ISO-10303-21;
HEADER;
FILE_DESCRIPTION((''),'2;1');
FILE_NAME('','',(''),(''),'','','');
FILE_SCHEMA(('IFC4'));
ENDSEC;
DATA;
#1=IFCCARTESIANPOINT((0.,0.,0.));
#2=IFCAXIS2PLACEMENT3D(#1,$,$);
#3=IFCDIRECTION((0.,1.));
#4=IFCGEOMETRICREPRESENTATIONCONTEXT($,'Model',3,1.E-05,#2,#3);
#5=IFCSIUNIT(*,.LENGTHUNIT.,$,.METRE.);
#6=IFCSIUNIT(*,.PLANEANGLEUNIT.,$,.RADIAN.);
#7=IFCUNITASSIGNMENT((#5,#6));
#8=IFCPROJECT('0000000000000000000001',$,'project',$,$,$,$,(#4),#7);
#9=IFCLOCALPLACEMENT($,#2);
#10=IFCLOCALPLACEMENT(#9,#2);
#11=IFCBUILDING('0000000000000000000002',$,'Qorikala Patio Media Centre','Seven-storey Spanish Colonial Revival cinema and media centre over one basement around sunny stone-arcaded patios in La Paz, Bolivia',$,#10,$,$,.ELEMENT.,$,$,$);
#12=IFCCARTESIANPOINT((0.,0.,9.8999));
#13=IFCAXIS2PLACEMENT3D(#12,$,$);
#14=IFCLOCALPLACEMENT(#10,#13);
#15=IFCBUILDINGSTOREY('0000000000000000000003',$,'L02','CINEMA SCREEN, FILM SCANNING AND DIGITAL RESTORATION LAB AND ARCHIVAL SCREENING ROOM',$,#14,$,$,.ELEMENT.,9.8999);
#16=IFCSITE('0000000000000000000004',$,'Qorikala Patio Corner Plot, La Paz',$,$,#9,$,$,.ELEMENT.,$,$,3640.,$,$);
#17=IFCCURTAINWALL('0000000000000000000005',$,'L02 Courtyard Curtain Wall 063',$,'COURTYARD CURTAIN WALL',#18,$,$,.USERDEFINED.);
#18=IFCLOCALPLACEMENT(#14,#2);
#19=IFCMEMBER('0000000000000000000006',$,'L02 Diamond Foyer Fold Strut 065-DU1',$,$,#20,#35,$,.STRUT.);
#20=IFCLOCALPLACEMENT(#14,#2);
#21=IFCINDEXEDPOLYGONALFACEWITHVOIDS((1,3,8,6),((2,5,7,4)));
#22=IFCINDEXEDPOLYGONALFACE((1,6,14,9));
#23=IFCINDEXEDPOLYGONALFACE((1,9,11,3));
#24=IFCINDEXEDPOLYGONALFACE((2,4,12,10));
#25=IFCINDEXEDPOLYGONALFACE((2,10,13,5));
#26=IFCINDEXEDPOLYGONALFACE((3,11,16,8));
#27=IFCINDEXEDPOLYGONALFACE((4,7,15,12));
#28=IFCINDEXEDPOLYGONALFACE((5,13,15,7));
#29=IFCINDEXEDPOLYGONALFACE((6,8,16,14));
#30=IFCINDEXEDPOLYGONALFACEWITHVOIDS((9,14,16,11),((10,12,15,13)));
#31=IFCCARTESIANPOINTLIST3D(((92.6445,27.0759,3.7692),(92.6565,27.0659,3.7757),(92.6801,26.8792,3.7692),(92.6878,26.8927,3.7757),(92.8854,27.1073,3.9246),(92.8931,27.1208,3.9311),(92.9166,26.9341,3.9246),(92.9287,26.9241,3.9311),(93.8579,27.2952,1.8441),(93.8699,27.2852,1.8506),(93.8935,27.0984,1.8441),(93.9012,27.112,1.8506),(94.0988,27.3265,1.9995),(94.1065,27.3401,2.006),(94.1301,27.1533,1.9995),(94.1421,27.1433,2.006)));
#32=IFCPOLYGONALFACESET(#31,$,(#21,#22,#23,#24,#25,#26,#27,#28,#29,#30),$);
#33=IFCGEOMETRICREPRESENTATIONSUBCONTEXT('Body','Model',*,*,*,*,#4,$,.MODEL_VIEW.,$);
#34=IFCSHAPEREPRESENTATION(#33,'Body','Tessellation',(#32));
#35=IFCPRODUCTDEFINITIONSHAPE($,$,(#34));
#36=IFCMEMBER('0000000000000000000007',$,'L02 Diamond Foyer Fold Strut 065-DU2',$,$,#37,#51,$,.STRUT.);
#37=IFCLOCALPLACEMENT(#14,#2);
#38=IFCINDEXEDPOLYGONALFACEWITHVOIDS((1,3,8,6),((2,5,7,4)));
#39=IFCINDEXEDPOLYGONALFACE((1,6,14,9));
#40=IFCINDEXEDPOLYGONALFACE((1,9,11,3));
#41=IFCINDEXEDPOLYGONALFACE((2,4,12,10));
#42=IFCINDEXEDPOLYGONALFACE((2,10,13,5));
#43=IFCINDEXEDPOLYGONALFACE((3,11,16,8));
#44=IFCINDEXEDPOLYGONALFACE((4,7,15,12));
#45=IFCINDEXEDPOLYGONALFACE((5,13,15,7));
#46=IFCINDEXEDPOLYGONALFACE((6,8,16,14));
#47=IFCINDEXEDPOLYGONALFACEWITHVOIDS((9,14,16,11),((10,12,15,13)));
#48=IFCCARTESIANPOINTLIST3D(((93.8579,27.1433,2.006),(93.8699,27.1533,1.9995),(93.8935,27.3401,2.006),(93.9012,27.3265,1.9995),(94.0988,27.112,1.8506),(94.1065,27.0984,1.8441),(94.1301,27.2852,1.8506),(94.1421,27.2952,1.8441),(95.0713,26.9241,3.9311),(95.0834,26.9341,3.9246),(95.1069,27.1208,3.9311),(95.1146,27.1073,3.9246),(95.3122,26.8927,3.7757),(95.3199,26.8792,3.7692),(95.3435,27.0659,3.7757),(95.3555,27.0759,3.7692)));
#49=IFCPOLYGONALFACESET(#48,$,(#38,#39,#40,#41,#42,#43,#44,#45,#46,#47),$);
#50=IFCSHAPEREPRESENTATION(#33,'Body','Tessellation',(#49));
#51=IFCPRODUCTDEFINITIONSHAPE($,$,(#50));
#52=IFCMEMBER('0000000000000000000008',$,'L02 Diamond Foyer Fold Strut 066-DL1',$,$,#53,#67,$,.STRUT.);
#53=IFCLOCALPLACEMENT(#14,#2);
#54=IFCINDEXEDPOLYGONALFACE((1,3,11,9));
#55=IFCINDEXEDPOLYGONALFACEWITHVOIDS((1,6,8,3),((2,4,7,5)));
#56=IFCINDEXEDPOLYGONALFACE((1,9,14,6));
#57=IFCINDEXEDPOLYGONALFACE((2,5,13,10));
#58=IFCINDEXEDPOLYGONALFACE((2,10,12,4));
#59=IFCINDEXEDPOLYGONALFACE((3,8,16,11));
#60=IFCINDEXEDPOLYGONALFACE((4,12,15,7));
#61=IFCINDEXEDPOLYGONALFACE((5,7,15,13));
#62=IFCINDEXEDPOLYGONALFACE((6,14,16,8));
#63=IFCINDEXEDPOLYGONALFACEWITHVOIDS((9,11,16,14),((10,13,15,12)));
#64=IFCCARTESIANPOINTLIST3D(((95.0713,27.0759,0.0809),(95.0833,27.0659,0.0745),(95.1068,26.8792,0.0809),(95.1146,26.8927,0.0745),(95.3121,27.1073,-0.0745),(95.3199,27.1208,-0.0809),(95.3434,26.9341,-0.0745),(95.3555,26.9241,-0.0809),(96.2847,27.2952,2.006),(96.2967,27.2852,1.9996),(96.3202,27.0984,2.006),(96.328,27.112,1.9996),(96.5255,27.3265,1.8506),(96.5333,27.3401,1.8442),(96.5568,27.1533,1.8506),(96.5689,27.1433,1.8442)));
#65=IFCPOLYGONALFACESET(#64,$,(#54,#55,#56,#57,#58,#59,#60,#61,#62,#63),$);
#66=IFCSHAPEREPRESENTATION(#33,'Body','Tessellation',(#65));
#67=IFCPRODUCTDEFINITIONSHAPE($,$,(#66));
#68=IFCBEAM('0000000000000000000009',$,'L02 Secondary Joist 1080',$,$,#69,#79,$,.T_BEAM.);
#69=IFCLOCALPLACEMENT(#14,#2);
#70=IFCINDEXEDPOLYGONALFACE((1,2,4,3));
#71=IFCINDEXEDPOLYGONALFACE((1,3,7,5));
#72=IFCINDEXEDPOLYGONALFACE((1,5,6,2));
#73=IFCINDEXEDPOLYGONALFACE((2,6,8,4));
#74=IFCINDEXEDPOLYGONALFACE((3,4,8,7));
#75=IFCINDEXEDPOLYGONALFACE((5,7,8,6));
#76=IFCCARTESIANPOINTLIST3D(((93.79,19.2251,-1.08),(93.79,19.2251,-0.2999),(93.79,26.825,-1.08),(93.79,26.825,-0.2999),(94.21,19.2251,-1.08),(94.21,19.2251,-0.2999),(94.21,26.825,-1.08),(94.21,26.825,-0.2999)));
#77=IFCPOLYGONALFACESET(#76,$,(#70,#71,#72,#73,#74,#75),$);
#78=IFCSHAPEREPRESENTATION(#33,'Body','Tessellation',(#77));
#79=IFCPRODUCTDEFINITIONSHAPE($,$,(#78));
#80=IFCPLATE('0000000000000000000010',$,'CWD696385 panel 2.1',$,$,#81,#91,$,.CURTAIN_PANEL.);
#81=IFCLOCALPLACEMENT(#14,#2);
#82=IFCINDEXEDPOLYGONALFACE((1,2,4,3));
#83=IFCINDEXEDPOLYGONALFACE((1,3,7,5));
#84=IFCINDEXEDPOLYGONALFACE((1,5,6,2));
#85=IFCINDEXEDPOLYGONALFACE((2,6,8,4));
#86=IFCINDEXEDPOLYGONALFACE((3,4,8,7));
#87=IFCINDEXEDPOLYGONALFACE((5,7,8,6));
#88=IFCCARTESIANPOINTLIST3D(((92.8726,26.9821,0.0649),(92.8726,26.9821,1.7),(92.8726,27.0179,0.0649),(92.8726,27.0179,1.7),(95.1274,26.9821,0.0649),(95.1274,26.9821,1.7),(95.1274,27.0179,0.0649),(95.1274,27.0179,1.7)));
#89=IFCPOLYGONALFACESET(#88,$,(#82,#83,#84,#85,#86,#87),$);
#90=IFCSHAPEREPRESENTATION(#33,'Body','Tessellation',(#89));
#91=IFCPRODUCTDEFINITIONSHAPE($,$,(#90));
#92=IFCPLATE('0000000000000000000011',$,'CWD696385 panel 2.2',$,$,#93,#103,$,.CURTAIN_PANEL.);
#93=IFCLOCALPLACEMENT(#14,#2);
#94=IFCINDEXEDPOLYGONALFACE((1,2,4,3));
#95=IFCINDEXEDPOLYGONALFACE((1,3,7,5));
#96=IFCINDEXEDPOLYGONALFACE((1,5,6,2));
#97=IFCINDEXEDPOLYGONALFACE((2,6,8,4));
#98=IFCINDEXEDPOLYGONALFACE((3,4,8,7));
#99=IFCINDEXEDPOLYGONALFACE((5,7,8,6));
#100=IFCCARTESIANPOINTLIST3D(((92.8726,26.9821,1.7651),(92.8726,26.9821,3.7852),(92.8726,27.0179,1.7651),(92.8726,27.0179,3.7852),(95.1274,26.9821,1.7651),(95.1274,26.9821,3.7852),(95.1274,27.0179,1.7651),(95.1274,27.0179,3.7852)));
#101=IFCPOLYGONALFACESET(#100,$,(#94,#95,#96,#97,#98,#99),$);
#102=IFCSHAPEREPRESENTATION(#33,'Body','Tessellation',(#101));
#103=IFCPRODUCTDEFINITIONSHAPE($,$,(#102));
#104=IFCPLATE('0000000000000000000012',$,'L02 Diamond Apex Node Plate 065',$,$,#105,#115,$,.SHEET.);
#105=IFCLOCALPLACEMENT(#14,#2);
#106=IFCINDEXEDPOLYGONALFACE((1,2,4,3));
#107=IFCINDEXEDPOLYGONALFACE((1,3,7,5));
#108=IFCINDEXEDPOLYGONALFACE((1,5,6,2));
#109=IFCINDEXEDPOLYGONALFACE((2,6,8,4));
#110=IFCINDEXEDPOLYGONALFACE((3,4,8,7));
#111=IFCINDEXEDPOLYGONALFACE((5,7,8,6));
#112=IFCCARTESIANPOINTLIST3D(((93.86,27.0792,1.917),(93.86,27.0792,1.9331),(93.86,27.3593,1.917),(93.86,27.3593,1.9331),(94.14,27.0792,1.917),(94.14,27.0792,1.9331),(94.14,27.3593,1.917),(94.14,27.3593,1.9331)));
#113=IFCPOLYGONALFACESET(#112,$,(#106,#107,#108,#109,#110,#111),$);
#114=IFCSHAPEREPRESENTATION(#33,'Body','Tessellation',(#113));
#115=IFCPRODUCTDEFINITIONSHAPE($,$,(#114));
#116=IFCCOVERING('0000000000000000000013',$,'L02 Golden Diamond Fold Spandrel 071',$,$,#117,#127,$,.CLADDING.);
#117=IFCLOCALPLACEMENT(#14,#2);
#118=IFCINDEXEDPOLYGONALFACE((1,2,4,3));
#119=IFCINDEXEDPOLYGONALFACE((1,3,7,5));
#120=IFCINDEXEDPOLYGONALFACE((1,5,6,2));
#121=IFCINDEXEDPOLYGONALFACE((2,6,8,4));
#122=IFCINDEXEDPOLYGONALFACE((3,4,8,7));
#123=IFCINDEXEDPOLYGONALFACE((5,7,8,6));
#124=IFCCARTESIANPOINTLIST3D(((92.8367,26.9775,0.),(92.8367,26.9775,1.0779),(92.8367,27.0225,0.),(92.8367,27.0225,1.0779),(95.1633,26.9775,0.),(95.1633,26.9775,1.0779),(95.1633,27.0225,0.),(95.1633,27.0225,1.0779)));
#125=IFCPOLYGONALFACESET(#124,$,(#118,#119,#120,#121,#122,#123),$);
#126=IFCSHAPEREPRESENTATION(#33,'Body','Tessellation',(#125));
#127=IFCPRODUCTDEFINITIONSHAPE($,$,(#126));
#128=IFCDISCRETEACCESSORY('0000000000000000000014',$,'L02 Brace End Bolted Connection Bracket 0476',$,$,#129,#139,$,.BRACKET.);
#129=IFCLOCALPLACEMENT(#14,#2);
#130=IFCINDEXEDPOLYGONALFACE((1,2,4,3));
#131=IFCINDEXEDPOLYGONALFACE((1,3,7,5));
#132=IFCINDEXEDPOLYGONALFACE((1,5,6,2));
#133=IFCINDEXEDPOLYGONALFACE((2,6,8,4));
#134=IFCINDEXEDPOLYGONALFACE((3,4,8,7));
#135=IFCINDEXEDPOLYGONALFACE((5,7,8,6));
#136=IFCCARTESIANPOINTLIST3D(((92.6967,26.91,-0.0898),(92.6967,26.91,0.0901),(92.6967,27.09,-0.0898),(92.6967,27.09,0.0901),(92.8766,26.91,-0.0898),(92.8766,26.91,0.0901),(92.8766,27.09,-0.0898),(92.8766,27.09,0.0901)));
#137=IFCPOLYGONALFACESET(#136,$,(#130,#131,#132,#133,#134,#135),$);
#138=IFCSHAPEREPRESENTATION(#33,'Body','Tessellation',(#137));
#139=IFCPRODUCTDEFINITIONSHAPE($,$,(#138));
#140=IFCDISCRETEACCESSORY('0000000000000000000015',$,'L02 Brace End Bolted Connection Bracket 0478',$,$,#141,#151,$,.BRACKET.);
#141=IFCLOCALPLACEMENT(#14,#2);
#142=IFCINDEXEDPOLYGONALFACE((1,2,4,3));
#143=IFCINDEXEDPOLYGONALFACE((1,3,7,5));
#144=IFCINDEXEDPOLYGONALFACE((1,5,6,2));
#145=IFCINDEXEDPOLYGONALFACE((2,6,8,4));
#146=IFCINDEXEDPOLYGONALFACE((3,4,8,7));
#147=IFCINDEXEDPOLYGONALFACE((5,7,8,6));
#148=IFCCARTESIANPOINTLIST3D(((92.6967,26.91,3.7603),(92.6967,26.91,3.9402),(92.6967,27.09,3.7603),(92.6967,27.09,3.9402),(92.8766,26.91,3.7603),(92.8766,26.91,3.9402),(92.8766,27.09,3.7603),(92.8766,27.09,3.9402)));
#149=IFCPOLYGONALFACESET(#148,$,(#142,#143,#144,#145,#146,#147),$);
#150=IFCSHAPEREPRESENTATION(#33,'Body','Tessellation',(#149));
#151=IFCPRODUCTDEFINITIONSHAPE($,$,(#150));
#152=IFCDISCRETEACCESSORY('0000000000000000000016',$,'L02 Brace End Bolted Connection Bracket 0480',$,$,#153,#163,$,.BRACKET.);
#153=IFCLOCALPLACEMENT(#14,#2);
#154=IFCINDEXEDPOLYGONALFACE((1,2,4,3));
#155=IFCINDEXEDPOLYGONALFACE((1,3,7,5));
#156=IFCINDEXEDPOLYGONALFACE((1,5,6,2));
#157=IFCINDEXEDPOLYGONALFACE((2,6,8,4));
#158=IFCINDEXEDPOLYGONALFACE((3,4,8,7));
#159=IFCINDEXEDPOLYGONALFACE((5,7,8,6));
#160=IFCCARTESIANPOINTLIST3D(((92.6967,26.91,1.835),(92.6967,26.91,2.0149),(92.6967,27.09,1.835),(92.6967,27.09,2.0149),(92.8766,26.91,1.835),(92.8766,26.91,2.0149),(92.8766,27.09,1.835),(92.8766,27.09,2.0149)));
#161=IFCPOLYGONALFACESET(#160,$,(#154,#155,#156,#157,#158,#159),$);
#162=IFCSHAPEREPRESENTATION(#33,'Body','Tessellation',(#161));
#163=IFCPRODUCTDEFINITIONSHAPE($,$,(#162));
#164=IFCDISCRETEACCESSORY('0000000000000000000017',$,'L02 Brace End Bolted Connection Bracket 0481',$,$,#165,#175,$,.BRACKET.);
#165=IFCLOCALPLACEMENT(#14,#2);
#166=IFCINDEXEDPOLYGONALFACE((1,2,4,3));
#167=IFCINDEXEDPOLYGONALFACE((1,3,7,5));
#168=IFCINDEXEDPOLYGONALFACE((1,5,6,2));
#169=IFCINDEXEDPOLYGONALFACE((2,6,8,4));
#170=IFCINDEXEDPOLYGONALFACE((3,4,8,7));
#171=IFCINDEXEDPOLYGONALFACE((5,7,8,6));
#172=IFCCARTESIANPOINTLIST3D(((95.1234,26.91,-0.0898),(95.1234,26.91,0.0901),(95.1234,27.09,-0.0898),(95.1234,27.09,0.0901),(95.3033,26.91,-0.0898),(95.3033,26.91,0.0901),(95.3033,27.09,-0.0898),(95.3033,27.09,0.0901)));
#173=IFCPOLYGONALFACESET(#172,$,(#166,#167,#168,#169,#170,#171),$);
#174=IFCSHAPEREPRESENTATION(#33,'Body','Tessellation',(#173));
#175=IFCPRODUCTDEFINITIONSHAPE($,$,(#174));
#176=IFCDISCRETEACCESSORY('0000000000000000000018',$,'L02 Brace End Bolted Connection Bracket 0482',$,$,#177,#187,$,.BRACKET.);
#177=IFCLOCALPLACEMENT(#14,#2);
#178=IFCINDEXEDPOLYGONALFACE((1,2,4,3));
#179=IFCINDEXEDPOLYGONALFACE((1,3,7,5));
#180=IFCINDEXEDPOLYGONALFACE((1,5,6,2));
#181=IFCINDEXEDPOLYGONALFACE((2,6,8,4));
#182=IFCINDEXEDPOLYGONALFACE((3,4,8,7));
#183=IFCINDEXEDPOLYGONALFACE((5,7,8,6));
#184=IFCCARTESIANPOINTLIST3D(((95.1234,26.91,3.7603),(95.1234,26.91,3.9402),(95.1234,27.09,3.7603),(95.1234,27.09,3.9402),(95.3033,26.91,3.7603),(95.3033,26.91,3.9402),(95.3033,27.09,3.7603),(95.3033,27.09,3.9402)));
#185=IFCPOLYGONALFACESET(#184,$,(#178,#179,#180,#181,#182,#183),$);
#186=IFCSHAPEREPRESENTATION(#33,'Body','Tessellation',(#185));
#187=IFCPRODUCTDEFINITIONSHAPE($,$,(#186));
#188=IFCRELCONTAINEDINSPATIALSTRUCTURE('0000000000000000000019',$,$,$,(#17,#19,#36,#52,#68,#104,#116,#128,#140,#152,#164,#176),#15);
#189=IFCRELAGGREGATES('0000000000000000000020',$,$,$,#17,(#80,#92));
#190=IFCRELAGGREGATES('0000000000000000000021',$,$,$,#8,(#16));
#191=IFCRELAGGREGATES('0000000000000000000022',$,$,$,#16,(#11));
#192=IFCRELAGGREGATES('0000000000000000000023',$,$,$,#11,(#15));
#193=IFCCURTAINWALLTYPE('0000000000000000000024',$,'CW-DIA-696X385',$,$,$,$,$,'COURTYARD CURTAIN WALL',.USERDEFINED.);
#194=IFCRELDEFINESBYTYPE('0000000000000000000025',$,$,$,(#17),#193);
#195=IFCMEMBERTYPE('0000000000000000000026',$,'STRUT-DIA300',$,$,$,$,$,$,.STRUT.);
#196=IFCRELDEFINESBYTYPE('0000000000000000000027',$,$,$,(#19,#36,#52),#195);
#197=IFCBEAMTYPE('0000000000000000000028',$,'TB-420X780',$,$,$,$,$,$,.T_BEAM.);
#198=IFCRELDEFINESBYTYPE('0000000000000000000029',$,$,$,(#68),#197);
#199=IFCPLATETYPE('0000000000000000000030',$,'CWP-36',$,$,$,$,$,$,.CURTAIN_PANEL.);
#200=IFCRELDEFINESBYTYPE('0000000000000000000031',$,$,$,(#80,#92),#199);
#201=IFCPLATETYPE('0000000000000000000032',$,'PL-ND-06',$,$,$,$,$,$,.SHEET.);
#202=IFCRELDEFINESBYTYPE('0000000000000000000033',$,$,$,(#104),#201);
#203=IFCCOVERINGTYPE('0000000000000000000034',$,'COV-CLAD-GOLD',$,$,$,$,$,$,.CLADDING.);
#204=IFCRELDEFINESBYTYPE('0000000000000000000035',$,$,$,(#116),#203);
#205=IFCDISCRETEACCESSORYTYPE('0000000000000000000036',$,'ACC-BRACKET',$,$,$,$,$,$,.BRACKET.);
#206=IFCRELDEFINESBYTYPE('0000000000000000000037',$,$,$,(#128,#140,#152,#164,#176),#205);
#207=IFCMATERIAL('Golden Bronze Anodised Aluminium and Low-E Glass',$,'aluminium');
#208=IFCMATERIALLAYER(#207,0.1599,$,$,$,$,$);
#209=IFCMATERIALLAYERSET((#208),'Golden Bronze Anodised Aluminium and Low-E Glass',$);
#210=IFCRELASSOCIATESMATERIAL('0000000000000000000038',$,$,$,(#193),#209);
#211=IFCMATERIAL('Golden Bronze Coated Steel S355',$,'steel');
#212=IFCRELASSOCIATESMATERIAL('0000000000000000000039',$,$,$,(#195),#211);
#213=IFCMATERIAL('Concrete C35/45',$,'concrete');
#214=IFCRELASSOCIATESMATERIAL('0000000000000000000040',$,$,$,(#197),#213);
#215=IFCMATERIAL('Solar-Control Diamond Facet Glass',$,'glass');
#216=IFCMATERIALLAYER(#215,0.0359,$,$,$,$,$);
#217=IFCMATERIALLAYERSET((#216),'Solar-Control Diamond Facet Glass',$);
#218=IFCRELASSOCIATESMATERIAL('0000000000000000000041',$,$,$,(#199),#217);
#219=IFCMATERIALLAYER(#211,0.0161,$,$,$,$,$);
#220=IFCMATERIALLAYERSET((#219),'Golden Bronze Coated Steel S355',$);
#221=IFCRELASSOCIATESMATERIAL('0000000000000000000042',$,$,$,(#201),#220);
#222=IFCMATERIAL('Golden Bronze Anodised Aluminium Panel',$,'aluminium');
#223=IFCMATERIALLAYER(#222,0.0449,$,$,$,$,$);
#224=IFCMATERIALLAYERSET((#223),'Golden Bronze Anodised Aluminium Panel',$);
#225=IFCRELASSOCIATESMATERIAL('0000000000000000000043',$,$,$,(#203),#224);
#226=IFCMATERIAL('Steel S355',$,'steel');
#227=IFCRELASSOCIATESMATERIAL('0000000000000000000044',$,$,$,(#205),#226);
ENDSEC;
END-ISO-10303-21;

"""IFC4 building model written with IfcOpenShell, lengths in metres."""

from ifc_helpers import new_model, si_unit, direction, frame, origin, origin_2d, place, context, subcontext, project, spatial, rectangle, hollow_rectangle, extrude, material, layer, layer_set, material_profile, profile_set, type_object, element, aggregate, save


model = new_model("IFC4")

# Units and contexts
model_context = context("Model", 3, precision=1e-05, world=origin(), true_north=direction((0.0, 1.0)))
body_context = subcontext(model_context, "Body", "Model", "MODEL_VIEW")
ifc_project = project(units=[si_unit("LENGTHUNIT", "METRE"), si_unit("PLANEANGLEUNIT", "RADIAN")], contexts=[model_context])

# Site, building, storey
site_placement = place(None, origin())
site = spatial("IfcSite", under=ifc_project, at=site_placement, Name="Qorikala Patio Corner Plot, La Paz", CompositionType="ELEMENT", RefElevation=3640.0)
building_placement = place(site_placement, origin())
building = spatial("IfcBuilding", under=site, at=building_placement, Name="Qorikala Patio Media Centre", Description="Seven-storey Spanish Colonial Revival cinema and media centre over one basement around sunny stone-arcaded patios in La Paz, Bolivia", CompositionType="ELEMENT")
storey_placement = place(building_placement, frame((0.0, 0.0, 9.8999)))
storey = spatial("IfcBuildingStorey", under=building, at=storey_placement, Name="L02", Description="CINEMA SCREEN, FILM SCANNING AND DIGITAL RESTORATION LAB AND ARCHIVAL SCREENING ROOM", CompositionType="ELEMENT", Elevation=9.8999)

# Shared definitions
ifc_material_1 = material(Name="Golden Bronze Coated Steel S355", Category="steel")

# Curtain wall
ifc_material_2 = material(Name="Golden Bronze Anodised Aluminium and Low-E Glass", Category="aluminium")
ifc_layer_1 = layer(ifc_material_2, 0.1599)
ifc_layer_set_1 = layer_set([ifc_layer_1], Name="Golden Bronze Anodised Aluminium and Low-E Glass")
curtain_wall_type = type_object("IfcCurtainWallType", Name="CW-DIA-696X385", ElementType="COURTYARD CURTAIN WALL", PredefinedType="USERDEFINED", material=ifc_layer_set_1)
curtain_wall_placement = place(storey_placement, origin())
curtain_wall = element("IfcCurtainWall", 1, at=curtain_wall_placement, inside=storey, type_object=curtain_wall_type, Name="L02 Courtyard Curtain Wall 063", ObjectType="COURTYARD CURTAIN WALL", PredefinedType="USERDEFINED")

# Members
ifc_material_profile_1 = material_profile(ifc_material_1, hollow_rectangle(XDim=0.2, YDim=0.3, WallThickness=0.012, at=origin_2d()), Name="HSS300X200X12")
ifc_profile_set_1 = profile_set([ifc_material_profile_1], Name="Golden Bronze Coated Steel S355")
member_type_1 = type_object("IfcMemberType", Name="STRUT-DIA300", PredefinedType="STRUT", material=ifc_profile_set_1)
for number, where, z_axis, x_axis, name in (
    (2, (94.0, 27.2192, 1.925), (-0.530768, -0.095901, 0.842074), (0.177805, -0.984066, 0.0), "L02 Diamond Foyer Fold Strut 065-DU1"),
    (3, (94.0, 27.2192, 1.925), (0.530768, -0.095901, 0.842074), (0.177805, 0.984066, 0.0), "L02 Diamond Foyer Fold Strut 065-DU2"),
    (4, (95.2134, 27.0, 0.0), (0.530768, 0.095901, 0.842074), (-0.177805, 0.984066, 0.0), "L02 Diamond Foyer Fold Strut 066-DL1"),
):
    element("IfcMember", number, at=place(storey_placement, frame(where, z_axis=z_axis, x_axis=x_axis)), inside=storey, type_object=member_type_1, Name=name, PredefinedType="STRUT", context=body_context, shape_type="SweptSolid", body=[
        extrude(hollow_rectangle(XDim=0.2, YDim=0.3, WallThickness=0.012, at=origin_2d()), origin(), (0.0, 0.0, 1.0), 2.2861),
    ])

# Beam
ifc_material_3 = material(Name="Concrete C35/45", Category="concrete")
ifc_material_profile_2 = material_profile(ifc_material_3, rectangle(XDim=0.4199, YDim=0.78, at=origin_2d()), Name="RC 420x780")
ifc_profile_set_2 = profile_set([ifc_material_profile_2], Name="Concrete C35/45")
beam_type = type_object("IfcBeamType", Name="TB-420X780", PredefinedType="T_BEAM", material=ifc_profile_set_2)
beam_placement = place(storey_placement, frame((94.0, 19.2251, -0.6899), z_axis=(0.0, 1.0, 0.0), x_axis=(-1.0, 0.0, 0.0)))
element("IfcBeam", 5, at=beam_placement, inside=storey, type_object=beam_type, Name="L02 Secondary Joist 1080", PredefinedType="T_BEAM", context=body_context, shape_type="SweptSolid", body=[
    extrude(rectangle(XDim=0.4199, YDim=0.78, at=origin_2d()), origin(), (0.0, 0.0, 1.0), 7.5999),
])

# Plates
ifc_material_4 = material(Name="Solar-Control Diamond Facet Glass", Category="glass")
ifc_layer_2 = layer(ifc_material_4, 0.0359)
ifc_layer_set_2 = layer_set([ifc_layer_2], Name="Solar-Control Diamond Facet Glass")
plate_type_1 = type_object("IfcPlateType", Name="CWP-36", PredefinedType="CURTAIN_PANEL", material=ifc_layer_set_2)
plate_1_placement = place(storey_placement, frame((94.0, 27.0, 0.0649), z_axis=(0.0, 0.0, 1.0), x_axis=(1.0, 0.0, 0.0)))
plate_1 = element("IfcPlate", 6, at=plate_1_placement, type_object=plate_type_1, Name="CWD696385 panel 2.1", PredefinedType="CURTAIN_PANEL", context=body_context, shape_type="SweptSolid", body=[
    extrude(rectangle(XDim=2.2549, YDim=0.0359, at=origin_2d()), origin(), (0.0, 0.0, 1.0), 1.635),
])
plate_2_placement = place(storey_placement, frame((94.0, 27.0, 1.7651), z_axis=(0.0, 0.0, 1.0), x_axis=(1.0, 0.0, 0.0)))
plate_2 = element("IfcPlate", 7, at=plate_2_placement, type_object=plate_type_1, Name="CWD696385 panel 2.2", PredefinedType="CURTAIN_PANEL", context=body_context, shape_type="SweptSolid", body=[
    extrude(rectangle(XDim=2.2549, YDim=0.0359, at=origin_2d()), origin(), (0.0, 0.0, 1.0), 2.02),
])
aggregate(curtain_wall, [plate_1, plate_2])
ifc_layer_3 = layer(ifc_material_1, 0.0161)
ifc_layer_set_3 = layer_set([ifc_layer_3], Name="Golden Bronze Coated Steel S355")
plate_type_2 = type_object("IfcPlateType", Name="PL-ND-06", PredefinedType="SHEET", material=ifc_layer_set_3)
plate_3_placement = place(storey_placement, frame((94.0, 27.2192, 1.917), z_axis=(0.0, 0.0, 1.0), x_axis=(1.0, 0.0, 0.0)))
element("IfcPlate", 8, at=plate_3_placement, inside=storey, type_object=plate_type_2, Name="L02 Diamond Apex Node Plate 065", PredefinedType="SHEET", context=body_context, shape_type="SweptSolid", body=[
    extrude(rectangle(XDim=0.28, YDim=0.28, at=origin_2d()), origin(), (0.0, 0.0, 1.0), 0.0161),
])

# Covering
ifc_material_5 = material(Name="Golden Bronze Anodised Aluminium Panel", Category="aluminium")
ifc_layer_4 = layer(ifc_material_5, 0.0449)
ifc_layer_set_4 = layer_set([ifc_layer_4], Name="Golden Bronze Anodised Aluminium Panel")
covering_type = type_object("IfcCoveringType", Name="COV-CLAD-GOLD", PredefinedType="CLADDING", material=ifc_layer_set_4)
covering_placement = place(storey_placement, frame((94.0, 27.0, 0.0), z_axis=(0.0, 0.0, 1.0), x_axis=(1.0, 0.0, 0.0)))
element("IfcCovering", 9, at=covering_placement, inside=storey, type_object=covering_type, Name="L02 Golden Diamond Fold Spandrel 071", PredefinedType="CLADDING", context=body_context, shape_type="SweptSolid", body=[
    extrude(rectangle(XDim=2.3267, YDim=0.0449, at=origin_2d()), origin(), (0.0, 0.0, 1.0), 1.0779),
])

# Discrete accessories
ifc_material_6 = material(Name="Steel S355", Category="steel")
discrete_accessory_type = type_object("IfcDiscreteAccessoryType", Name="ACC-BRACKET", PredefinedType="BRACKET", material=ifc_material_6)
for number, where, z_axis, x_axis, name in (
    (10, (92.7866, 27.0, -0.0898), (0.0, 0.0, 1.0), (1.0, 0.0, 0.0), "L02 Brace End Bolted Connection Bracket 0476"),
    (11, (92.7866, 27.0, 3.7603), (0.0, 0.0, 1.0), (1.0, 0.0, 0.0), "L02 Brace End Bolted Connection Bracket 0478"),
    (12, (92.7866, 27.0, 1.835), (0.0, 0.0, 1.0), (1.0, 0.0, 0.0), "L02 Brace End Bolted Connection Bracket 0480"),
    (13, (95.2134, 27.0, -0.0898), (0.0, 0.0, 1.0), (1.0, 0.0, 0.0), "L02 Brace End Bolted Connection Bracket 0481"),
    (14, (95.2134, 27.0, 3.7603), (0.0, 0.0, 1.0), (1.0, 0.0, 0.0), "L02 Brace End Bolted Connection Bracket 0482"),
):
    element("IfcDiscreteAccessory", number, at=place(storey_placement, frame(where, z_axis=z_axis, x_axis=x_axis)), inside=storey, type_object=discrete_accessory_type, Name=name, PredefinedType="BRACKET", context=body_context, shape_type="SweptSolid", body=[
        extrude(rectangle(XDim=0.1799, YDim=0.1799, at=origin_2d()), origin(), (0.0, 0.0, 1.0), 0.1799),
    ])

save(model, "model.ifc")
